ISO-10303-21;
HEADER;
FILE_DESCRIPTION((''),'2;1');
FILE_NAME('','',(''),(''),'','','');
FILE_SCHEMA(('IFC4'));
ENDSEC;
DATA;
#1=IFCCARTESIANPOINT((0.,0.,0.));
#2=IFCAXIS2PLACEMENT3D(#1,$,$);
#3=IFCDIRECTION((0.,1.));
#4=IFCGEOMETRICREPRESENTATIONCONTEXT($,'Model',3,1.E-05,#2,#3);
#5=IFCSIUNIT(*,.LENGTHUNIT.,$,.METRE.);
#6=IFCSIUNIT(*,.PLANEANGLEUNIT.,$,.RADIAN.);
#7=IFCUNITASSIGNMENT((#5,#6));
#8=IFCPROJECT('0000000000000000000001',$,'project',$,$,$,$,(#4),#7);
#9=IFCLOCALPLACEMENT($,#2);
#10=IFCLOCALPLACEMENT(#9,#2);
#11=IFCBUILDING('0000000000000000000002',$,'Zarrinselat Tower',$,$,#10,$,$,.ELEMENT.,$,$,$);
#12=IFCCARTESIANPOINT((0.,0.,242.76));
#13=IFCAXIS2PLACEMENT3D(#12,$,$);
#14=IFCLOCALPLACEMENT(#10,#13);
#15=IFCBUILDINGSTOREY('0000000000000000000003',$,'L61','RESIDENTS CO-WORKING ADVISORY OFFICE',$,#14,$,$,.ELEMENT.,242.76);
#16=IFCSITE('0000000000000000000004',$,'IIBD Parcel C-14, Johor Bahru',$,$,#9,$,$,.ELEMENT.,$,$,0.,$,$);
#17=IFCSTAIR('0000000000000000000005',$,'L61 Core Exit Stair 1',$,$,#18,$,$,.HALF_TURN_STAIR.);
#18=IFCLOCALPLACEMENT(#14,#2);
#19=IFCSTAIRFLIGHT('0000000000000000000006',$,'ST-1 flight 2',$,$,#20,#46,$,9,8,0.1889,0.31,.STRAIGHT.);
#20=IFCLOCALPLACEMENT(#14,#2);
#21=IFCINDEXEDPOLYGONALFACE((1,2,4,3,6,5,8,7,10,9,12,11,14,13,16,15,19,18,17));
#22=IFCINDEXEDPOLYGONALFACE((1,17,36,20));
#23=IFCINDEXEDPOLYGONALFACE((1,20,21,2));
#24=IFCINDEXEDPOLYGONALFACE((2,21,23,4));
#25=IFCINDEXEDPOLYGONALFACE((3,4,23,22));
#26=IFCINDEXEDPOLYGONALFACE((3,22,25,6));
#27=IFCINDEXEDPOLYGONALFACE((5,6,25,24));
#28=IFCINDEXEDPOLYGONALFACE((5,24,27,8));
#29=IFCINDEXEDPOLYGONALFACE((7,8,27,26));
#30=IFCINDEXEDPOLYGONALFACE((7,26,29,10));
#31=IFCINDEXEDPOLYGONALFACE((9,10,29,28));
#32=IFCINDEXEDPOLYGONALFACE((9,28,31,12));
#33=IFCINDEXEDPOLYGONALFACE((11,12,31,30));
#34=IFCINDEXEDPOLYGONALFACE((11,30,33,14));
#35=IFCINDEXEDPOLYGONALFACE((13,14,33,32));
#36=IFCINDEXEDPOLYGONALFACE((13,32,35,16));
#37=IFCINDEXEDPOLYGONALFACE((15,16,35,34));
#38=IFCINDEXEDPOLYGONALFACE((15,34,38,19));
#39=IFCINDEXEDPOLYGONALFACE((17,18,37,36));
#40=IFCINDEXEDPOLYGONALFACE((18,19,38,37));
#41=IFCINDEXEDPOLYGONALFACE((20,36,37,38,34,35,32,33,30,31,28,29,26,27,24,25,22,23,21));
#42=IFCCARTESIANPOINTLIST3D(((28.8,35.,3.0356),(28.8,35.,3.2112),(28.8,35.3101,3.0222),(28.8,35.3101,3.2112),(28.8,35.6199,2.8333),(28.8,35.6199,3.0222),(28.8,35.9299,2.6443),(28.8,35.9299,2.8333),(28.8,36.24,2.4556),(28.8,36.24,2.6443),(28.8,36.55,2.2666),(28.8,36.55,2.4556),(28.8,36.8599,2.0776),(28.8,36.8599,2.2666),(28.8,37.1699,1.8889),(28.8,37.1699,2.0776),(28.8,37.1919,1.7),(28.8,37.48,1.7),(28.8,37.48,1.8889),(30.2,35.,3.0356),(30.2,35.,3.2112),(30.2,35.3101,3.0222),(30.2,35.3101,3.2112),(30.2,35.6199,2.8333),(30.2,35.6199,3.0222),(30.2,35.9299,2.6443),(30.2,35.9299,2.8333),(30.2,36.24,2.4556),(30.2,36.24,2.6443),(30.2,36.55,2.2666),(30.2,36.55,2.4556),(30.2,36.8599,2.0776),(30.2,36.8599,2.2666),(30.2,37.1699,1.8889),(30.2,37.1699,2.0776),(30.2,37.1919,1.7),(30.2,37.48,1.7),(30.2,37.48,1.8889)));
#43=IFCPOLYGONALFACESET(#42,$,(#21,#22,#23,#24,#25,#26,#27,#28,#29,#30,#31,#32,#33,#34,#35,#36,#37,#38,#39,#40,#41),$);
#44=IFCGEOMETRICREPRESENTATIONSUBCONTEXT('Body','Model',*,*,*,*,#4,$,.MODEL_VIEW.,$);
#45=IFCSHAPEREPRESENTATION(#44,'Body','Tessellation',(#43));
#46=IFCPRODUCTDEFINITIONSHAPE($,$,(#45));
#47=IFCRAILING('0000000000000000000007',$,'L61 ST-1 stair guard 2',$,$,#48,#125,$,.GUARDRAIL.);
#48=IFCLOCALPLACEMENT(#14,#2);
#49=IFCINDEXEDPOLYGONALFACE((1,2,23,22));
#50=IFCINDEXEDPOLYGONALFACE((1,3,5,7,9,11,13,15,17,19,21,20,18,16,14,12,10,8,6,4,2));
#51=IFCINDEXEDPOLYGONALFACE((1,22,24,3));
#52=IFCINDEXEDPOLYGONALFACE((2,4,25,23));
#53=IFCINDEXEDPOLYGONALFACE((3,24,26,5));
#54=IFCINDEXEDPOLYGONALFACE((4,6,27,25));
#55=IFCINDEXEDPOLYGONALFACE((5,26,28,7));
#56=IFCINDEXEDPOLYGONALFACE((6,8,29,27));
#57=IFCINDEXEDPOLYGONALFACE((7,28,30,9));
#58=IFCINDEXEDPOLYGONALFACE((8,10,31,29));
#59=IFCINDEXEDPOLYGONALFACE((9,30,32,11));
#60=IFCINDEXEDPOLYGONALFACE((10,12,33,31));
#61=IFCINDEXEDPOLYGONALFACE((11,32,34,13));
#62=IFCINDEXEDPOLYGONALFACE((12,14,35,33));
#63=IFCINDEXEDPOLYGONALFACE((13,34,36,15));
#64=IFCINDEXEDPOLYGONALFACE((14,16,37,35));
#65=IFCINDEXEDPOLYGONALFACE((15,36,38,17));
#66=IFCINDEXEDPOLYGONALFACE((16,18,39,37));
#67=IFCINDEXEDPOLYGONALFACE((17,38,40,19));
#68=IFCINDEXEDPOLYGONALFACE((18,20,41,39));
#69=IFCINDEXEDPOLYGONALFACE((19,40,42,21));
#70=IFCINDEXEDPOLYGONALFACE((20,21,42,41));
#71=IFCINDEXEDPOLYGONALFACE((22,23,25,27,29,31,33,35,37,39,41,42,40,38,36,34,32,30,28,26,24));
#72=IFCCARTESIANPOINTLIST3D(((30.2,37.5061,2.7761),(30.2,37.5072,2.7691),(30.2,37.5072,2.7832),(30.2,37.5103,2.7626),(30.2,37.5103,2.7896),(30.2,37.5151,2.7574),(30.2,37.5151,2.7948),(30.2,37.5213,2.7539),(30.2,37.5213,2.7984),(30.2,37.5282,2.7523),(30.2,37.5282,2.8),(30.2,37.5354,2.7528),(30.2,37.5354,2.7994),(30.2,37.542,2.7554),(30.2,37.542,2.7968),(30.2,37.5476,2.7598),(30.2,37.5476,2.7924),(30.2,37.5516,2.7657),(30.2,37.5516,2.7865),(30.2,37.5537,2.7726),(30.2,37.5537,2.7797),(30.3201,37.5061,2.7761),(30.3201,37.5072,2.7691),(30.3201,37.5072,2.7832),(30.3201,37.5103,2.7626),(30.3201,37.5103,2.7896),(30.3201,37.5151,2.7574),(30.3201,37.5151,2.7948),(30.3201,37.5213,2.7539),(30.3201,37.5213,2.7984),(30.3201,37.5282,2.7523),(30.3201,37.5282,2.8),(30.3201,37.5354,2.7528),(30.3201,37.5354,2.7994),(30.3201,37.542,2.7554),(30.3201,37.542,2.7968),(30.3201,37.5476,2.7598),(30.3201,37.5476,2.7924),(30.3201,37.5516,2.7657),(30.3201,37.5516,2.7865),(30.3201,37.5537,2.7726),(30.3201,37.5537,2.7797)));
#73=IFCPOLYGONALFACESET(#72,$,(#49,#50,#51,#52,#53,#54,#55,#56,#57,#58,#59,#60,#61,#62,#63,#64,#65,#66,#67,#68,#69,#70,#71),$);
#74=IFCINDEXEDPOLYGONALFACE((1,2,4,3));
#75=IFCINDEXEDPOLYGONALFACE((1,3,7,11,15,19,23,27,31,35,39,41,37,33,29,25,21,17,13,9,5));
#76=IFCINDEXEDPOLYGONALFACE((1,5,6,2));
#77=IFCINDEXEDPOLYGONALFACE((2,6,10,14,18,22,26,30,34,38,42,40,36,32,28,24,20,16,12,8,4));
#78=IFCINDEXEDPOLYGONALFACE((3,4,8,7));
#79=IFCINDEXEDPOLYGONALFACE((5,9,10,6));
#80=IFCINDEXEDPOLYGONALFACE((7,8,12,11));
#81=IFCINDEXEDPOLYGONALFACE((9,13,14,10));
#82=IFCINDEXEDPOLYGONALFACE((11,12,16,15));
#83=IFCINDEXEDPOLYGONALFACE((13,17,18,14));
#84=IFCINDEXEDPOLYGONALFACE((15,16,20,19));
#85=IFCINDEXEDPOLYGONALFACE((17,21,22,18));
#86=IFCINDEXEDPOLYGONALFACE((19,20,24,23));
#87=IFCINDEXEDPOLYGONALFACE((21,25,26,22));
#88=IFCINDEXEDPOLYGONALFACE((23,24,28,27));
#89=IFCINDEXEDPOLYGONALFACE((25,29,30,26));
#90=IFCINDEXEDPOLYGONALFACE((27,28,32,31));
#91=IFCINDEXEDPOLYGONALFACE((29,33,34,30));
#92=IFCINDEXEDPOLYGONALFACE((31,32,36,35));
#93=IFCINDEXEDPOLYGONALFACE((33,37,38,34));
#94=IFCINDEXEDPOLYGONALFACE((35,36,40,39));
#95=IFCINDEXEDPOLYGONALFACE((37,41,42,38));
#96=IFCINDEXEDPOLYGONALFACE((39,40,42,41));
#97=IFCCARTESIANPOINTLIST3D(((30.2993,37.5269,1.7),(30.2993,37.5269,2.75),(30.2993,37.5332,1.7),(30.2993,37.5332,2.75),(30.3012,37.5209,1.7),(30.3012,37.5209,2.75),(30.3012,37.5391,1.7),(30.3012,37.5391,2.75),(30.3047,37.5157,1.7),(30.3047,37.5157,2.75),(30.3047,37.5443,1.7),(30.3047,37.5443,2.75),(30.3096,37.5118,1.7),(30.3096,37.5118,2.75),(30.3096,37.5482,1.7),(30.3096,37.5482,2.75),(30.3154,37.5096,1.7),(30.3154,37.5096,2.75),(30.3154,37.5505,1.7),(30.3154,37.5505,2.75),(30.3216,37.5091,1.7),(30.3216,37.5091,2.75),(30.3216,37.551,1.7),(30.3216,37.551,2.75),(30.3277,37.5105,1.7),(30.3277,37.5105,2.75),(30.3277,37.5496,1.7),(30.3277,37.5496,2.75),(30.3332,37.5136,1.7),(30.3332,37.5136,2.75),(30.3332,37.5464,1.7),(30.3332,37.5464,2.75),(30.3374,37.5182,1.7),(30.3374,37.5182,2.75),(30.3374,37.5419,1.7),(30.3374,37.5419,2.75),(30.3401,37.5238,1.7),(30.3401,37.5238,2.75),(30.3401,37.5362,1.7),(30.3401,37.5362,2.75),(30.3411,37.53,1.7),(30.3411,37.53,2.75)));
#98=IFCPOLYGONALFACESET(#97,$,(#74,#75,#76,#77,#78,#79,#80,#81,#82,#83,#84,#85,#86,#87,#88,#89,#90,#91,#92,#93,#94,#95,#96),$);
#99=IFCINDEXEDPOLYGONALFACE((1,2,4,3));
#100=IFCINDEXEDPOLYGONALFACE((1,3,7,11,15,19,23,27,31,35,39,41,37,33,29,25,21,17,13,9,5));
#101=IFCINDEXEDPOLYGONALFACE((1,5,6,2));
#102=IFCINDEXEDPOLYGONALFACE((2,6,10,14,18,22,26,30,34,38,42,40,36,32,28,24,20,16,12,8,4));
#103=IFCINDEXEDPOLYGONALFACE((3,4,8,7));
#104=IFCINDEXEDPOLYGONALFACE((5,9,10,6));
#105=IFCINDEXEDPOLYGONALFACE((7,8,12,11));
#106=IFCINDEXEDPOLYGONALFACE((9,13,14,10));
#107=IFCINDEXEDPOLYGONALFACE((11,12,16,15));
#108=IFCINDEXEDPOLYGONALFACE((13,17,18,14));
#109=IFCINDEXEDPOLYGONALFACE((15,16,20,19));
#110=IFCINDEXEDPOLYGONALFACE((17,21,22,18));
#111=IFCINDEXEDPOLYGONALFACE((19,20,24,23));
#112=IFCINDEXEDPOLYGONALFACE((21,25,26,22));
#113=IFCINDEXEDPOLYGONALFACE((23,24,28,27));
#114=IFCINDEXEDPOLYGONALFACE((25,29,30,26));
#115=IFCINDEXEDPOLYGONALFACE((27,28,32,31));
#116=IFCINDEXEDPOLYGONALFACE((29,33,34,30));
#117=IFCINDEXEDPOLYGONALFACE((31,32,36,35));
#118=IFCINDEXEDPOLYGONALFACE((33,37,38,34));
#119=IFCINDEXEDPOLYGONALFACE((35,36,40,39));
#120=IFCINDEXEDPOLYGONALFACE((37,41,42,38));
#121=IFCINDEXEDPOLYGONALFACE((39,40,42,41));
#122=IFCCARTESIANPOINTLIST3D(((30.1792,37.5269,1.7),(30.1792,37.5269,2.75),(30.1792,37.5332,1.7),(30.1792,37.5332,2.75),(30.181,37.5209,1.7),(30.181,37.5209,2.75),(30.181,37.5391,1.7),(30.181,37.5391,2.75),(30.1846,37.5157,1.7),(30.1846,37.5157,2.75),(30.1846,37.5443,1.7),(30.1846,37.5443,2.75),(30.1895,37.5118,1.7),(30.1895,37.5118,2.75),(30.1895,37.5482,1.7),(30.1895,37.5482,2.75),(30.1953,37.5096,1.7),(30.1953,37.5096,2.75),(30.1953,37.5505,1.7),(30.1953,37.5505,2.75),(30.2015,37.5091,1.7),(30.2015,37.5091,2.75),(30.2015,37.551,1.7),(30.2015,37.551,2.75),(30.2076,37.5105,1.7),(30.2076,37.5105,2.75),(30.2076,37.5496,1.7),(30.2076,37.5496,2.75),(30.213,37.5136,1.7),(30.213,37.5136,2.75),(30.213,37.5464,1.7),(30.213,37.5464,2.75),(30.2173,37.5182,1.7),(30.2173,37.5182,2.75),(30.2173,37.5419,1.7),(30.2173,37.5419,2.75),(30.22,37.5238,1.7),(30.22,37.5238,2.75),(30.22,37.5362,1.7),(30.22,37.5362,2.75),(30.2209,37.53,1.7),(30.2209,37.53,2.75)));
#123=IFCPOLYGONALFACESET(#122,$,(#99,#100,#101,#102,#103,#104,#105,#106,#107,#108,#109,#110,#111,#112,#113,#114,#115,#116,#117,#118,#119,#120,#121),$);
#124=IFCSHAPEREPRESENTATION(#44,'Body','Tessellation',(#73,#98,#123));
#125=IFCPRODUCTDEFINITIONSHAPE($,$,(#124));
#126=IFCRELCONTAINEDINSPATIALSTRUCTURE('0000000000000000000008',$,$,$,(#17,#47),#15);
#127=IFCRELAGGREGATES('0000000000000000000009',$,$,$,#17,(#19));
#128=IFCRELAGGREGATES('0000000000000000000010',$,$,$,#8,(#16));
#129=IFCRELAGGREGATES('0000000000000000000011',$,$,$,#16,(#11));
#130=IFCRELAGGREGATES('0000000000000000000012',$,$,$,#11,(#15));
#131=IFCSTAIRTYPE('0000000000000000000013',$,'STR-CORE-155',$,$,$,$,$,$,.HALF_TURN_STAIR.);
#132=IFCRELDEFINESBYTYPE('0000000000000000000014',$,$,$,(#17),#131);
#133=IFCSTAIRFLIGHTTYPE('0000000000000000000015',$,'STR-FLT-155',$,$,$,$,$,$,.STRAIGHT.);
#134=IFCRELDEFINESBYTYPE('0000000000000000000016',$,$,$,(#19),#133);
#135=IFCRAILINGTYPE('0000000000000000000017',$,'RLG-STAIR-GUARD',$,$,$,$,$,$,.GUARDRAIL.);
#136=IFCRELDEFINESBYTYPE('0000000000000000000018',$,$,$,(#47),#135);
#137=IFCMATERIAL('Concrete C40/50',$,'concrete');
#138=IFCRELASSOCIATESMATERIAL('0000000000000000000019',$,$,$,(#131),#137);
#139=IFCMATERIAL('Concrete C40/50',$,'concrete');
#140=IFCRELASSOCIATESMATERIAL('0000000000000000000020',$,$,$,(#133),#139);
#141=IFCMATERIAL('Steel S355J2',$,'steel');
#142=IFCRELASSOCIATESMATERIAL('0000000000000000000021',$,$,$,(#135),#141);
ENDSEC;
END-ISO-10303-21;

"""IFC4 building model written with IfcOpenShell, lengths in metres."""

from ifc_helpers import new_model, si_unit, direction, frame, origin, origin_2d, place, context, subcontext, project, spatial, polyline, circle, outline, extrude, material, type_object, element, aggregate, save


model = new_model("IFC4")

# Units and contexts
model_context = context("Model", 3, precision=1e-05, world=origin(), true_north=direction((0.0, 1.0)))
body_context = subcontext(model_context, "Body", "Model", "MODEL_VIEW")
ifc_project = project(units=[si_unit("LENGTHUNIT", "METRE"), si_unit("PLANEANGLEUNIT", "RADIAN")], contexts=[model_context])

# Site, building, storey
site_placement = place(None, origin())
site = spatial("IfcSite", under=ifc_project, at=site_placement, Name="IIBD Parcel C-14, Johor Bahru", CompositionType="ELEMENT", RefElevation=0.0)
building_placement = place(site_placement, origin())
building = spatial("IfcBuilding", under=site, at=building_placement, Name="Zarrinselat Tower", CompositionType="ELEMENT")
storey_placement = place(building_placement, frame((0.0, 0.0, 242.76)))
storey = spatial("IfcBuildingStorey", under=building, at=storey_placement, Name="L61", Description="RESIDENTS CO-WORKING ADVISORY OFFICE", CompositionType="ELEMENT", Elevation=242.76)

# Stair, stair flight
ifc_material_1 = material(Name="Concrete C40/50", Category="concrete")
stair_type = type_object("IfcStairType", Name="STR-CORE-155", PredefinedType="HALF_TURN_STAIR", material=ifc_material_1)
stair_placement = place(storey_placement, origin())
stair = element("IfcStair", 1, at=stair_placement, inside=storey, type_object=stair_type, Name="L61 Core Exit Stair 1", PredefinedType="HALF_TURN_STAIR")
ifc_material_2 = material(Name="Concrete C40/50", Category="concrete")
stair_flight_type = type_object("IfcStairFlightType", Name="STR-FLT-155", PredefinedType="STRAIGHT", material=ifc_material_2)
stair_flight_placement = place(storey_placement, frame((29.5, 37.48, 1.7), z_axis=(0.0, 0.0, 1.0), x_axis=(0.0, -1.0, 0.0)))
stair_flight = element("IfcStairFlight", 2, at=stair_flight_placement, type_object=stair_flight_type, Name="ST-1 flight 2", NumberOfRisers=9, NumberOfTreads=8, PredefinedType="STRAIGHT", RiserHeight=0.1889, TreadLength=0.31, context=body_context, shape_type="SweptSolid", body=[
    extrude(outline(polyline([(0.0, 0.0), (0.0, 0.189), (0.3101, 0.189), (0.3101, 0.3777), (0.6201, 0.3777), (0.6201, 0.5667), (0.9299, 0.5667), (0.9299, 0.7556), (1.24, 0.7556), (1.24, 0.9443), (1.55, 0.9443), (1.55, 1.1333), (1.8601, 1.1333), (1.8601, 1.3223), (2.1699, 1.3223), (2.1699, 1.5112), (2.48, 1.5112), (2.48, 1.7), (2.48, 1.3357), (0.2881, 0.0), (0.0, 0.0)])), frame((0.0, 0.7, 0.0), z_axis=(0.0, -1.0, 0.0), x_axis=(1.0, 0.0, 0.0)), (0.0, 0.0, 1.0), 1.3999),
])
aggregate(stair, [stair_flight])

# Railing
ifc_material_3 = material(Name="Steel S355J2", Category="steel")
railing_type_1 = type_object("IfcRailingType", Name="RLG-STAIR-GUARD", PredefinedType="GUARDRAIL", material=ifc_material_3)
railing_1_placement = place(storey_placement, frame((30.3201, 37.53, 1.7)))
element("IfcRailing", 3, at=railing_1_placement, inside=storey, type_object=railing_type_1, Name="L61 ST-1 stair guard 2", PredefinedType="GUARDRAIL", context=body_context, shape_type="SweptSolid", body=[
    extrude(circle(Radius=0.0239, at=origin_2d()), frame((0.0, 0.0, 1.0762), z_axis=(-1.0, 0.0, 0.0), x_axis=(0.0, -1.0, 0.0)), (0.0, 0.0, 1.0), 0.1201),
    extrude(circle(Radius=0.021, at=origin_2d()), origin(), (0.0, 0.0, 1.0), 1.05),
    extrude(circle(Radius=0.021, at=origin_2d()), frame((-0.1201, 0.0, 0.0)), (0.0, 0.0, 1.0), 1.05),
])

save(model, "model.ifc")
